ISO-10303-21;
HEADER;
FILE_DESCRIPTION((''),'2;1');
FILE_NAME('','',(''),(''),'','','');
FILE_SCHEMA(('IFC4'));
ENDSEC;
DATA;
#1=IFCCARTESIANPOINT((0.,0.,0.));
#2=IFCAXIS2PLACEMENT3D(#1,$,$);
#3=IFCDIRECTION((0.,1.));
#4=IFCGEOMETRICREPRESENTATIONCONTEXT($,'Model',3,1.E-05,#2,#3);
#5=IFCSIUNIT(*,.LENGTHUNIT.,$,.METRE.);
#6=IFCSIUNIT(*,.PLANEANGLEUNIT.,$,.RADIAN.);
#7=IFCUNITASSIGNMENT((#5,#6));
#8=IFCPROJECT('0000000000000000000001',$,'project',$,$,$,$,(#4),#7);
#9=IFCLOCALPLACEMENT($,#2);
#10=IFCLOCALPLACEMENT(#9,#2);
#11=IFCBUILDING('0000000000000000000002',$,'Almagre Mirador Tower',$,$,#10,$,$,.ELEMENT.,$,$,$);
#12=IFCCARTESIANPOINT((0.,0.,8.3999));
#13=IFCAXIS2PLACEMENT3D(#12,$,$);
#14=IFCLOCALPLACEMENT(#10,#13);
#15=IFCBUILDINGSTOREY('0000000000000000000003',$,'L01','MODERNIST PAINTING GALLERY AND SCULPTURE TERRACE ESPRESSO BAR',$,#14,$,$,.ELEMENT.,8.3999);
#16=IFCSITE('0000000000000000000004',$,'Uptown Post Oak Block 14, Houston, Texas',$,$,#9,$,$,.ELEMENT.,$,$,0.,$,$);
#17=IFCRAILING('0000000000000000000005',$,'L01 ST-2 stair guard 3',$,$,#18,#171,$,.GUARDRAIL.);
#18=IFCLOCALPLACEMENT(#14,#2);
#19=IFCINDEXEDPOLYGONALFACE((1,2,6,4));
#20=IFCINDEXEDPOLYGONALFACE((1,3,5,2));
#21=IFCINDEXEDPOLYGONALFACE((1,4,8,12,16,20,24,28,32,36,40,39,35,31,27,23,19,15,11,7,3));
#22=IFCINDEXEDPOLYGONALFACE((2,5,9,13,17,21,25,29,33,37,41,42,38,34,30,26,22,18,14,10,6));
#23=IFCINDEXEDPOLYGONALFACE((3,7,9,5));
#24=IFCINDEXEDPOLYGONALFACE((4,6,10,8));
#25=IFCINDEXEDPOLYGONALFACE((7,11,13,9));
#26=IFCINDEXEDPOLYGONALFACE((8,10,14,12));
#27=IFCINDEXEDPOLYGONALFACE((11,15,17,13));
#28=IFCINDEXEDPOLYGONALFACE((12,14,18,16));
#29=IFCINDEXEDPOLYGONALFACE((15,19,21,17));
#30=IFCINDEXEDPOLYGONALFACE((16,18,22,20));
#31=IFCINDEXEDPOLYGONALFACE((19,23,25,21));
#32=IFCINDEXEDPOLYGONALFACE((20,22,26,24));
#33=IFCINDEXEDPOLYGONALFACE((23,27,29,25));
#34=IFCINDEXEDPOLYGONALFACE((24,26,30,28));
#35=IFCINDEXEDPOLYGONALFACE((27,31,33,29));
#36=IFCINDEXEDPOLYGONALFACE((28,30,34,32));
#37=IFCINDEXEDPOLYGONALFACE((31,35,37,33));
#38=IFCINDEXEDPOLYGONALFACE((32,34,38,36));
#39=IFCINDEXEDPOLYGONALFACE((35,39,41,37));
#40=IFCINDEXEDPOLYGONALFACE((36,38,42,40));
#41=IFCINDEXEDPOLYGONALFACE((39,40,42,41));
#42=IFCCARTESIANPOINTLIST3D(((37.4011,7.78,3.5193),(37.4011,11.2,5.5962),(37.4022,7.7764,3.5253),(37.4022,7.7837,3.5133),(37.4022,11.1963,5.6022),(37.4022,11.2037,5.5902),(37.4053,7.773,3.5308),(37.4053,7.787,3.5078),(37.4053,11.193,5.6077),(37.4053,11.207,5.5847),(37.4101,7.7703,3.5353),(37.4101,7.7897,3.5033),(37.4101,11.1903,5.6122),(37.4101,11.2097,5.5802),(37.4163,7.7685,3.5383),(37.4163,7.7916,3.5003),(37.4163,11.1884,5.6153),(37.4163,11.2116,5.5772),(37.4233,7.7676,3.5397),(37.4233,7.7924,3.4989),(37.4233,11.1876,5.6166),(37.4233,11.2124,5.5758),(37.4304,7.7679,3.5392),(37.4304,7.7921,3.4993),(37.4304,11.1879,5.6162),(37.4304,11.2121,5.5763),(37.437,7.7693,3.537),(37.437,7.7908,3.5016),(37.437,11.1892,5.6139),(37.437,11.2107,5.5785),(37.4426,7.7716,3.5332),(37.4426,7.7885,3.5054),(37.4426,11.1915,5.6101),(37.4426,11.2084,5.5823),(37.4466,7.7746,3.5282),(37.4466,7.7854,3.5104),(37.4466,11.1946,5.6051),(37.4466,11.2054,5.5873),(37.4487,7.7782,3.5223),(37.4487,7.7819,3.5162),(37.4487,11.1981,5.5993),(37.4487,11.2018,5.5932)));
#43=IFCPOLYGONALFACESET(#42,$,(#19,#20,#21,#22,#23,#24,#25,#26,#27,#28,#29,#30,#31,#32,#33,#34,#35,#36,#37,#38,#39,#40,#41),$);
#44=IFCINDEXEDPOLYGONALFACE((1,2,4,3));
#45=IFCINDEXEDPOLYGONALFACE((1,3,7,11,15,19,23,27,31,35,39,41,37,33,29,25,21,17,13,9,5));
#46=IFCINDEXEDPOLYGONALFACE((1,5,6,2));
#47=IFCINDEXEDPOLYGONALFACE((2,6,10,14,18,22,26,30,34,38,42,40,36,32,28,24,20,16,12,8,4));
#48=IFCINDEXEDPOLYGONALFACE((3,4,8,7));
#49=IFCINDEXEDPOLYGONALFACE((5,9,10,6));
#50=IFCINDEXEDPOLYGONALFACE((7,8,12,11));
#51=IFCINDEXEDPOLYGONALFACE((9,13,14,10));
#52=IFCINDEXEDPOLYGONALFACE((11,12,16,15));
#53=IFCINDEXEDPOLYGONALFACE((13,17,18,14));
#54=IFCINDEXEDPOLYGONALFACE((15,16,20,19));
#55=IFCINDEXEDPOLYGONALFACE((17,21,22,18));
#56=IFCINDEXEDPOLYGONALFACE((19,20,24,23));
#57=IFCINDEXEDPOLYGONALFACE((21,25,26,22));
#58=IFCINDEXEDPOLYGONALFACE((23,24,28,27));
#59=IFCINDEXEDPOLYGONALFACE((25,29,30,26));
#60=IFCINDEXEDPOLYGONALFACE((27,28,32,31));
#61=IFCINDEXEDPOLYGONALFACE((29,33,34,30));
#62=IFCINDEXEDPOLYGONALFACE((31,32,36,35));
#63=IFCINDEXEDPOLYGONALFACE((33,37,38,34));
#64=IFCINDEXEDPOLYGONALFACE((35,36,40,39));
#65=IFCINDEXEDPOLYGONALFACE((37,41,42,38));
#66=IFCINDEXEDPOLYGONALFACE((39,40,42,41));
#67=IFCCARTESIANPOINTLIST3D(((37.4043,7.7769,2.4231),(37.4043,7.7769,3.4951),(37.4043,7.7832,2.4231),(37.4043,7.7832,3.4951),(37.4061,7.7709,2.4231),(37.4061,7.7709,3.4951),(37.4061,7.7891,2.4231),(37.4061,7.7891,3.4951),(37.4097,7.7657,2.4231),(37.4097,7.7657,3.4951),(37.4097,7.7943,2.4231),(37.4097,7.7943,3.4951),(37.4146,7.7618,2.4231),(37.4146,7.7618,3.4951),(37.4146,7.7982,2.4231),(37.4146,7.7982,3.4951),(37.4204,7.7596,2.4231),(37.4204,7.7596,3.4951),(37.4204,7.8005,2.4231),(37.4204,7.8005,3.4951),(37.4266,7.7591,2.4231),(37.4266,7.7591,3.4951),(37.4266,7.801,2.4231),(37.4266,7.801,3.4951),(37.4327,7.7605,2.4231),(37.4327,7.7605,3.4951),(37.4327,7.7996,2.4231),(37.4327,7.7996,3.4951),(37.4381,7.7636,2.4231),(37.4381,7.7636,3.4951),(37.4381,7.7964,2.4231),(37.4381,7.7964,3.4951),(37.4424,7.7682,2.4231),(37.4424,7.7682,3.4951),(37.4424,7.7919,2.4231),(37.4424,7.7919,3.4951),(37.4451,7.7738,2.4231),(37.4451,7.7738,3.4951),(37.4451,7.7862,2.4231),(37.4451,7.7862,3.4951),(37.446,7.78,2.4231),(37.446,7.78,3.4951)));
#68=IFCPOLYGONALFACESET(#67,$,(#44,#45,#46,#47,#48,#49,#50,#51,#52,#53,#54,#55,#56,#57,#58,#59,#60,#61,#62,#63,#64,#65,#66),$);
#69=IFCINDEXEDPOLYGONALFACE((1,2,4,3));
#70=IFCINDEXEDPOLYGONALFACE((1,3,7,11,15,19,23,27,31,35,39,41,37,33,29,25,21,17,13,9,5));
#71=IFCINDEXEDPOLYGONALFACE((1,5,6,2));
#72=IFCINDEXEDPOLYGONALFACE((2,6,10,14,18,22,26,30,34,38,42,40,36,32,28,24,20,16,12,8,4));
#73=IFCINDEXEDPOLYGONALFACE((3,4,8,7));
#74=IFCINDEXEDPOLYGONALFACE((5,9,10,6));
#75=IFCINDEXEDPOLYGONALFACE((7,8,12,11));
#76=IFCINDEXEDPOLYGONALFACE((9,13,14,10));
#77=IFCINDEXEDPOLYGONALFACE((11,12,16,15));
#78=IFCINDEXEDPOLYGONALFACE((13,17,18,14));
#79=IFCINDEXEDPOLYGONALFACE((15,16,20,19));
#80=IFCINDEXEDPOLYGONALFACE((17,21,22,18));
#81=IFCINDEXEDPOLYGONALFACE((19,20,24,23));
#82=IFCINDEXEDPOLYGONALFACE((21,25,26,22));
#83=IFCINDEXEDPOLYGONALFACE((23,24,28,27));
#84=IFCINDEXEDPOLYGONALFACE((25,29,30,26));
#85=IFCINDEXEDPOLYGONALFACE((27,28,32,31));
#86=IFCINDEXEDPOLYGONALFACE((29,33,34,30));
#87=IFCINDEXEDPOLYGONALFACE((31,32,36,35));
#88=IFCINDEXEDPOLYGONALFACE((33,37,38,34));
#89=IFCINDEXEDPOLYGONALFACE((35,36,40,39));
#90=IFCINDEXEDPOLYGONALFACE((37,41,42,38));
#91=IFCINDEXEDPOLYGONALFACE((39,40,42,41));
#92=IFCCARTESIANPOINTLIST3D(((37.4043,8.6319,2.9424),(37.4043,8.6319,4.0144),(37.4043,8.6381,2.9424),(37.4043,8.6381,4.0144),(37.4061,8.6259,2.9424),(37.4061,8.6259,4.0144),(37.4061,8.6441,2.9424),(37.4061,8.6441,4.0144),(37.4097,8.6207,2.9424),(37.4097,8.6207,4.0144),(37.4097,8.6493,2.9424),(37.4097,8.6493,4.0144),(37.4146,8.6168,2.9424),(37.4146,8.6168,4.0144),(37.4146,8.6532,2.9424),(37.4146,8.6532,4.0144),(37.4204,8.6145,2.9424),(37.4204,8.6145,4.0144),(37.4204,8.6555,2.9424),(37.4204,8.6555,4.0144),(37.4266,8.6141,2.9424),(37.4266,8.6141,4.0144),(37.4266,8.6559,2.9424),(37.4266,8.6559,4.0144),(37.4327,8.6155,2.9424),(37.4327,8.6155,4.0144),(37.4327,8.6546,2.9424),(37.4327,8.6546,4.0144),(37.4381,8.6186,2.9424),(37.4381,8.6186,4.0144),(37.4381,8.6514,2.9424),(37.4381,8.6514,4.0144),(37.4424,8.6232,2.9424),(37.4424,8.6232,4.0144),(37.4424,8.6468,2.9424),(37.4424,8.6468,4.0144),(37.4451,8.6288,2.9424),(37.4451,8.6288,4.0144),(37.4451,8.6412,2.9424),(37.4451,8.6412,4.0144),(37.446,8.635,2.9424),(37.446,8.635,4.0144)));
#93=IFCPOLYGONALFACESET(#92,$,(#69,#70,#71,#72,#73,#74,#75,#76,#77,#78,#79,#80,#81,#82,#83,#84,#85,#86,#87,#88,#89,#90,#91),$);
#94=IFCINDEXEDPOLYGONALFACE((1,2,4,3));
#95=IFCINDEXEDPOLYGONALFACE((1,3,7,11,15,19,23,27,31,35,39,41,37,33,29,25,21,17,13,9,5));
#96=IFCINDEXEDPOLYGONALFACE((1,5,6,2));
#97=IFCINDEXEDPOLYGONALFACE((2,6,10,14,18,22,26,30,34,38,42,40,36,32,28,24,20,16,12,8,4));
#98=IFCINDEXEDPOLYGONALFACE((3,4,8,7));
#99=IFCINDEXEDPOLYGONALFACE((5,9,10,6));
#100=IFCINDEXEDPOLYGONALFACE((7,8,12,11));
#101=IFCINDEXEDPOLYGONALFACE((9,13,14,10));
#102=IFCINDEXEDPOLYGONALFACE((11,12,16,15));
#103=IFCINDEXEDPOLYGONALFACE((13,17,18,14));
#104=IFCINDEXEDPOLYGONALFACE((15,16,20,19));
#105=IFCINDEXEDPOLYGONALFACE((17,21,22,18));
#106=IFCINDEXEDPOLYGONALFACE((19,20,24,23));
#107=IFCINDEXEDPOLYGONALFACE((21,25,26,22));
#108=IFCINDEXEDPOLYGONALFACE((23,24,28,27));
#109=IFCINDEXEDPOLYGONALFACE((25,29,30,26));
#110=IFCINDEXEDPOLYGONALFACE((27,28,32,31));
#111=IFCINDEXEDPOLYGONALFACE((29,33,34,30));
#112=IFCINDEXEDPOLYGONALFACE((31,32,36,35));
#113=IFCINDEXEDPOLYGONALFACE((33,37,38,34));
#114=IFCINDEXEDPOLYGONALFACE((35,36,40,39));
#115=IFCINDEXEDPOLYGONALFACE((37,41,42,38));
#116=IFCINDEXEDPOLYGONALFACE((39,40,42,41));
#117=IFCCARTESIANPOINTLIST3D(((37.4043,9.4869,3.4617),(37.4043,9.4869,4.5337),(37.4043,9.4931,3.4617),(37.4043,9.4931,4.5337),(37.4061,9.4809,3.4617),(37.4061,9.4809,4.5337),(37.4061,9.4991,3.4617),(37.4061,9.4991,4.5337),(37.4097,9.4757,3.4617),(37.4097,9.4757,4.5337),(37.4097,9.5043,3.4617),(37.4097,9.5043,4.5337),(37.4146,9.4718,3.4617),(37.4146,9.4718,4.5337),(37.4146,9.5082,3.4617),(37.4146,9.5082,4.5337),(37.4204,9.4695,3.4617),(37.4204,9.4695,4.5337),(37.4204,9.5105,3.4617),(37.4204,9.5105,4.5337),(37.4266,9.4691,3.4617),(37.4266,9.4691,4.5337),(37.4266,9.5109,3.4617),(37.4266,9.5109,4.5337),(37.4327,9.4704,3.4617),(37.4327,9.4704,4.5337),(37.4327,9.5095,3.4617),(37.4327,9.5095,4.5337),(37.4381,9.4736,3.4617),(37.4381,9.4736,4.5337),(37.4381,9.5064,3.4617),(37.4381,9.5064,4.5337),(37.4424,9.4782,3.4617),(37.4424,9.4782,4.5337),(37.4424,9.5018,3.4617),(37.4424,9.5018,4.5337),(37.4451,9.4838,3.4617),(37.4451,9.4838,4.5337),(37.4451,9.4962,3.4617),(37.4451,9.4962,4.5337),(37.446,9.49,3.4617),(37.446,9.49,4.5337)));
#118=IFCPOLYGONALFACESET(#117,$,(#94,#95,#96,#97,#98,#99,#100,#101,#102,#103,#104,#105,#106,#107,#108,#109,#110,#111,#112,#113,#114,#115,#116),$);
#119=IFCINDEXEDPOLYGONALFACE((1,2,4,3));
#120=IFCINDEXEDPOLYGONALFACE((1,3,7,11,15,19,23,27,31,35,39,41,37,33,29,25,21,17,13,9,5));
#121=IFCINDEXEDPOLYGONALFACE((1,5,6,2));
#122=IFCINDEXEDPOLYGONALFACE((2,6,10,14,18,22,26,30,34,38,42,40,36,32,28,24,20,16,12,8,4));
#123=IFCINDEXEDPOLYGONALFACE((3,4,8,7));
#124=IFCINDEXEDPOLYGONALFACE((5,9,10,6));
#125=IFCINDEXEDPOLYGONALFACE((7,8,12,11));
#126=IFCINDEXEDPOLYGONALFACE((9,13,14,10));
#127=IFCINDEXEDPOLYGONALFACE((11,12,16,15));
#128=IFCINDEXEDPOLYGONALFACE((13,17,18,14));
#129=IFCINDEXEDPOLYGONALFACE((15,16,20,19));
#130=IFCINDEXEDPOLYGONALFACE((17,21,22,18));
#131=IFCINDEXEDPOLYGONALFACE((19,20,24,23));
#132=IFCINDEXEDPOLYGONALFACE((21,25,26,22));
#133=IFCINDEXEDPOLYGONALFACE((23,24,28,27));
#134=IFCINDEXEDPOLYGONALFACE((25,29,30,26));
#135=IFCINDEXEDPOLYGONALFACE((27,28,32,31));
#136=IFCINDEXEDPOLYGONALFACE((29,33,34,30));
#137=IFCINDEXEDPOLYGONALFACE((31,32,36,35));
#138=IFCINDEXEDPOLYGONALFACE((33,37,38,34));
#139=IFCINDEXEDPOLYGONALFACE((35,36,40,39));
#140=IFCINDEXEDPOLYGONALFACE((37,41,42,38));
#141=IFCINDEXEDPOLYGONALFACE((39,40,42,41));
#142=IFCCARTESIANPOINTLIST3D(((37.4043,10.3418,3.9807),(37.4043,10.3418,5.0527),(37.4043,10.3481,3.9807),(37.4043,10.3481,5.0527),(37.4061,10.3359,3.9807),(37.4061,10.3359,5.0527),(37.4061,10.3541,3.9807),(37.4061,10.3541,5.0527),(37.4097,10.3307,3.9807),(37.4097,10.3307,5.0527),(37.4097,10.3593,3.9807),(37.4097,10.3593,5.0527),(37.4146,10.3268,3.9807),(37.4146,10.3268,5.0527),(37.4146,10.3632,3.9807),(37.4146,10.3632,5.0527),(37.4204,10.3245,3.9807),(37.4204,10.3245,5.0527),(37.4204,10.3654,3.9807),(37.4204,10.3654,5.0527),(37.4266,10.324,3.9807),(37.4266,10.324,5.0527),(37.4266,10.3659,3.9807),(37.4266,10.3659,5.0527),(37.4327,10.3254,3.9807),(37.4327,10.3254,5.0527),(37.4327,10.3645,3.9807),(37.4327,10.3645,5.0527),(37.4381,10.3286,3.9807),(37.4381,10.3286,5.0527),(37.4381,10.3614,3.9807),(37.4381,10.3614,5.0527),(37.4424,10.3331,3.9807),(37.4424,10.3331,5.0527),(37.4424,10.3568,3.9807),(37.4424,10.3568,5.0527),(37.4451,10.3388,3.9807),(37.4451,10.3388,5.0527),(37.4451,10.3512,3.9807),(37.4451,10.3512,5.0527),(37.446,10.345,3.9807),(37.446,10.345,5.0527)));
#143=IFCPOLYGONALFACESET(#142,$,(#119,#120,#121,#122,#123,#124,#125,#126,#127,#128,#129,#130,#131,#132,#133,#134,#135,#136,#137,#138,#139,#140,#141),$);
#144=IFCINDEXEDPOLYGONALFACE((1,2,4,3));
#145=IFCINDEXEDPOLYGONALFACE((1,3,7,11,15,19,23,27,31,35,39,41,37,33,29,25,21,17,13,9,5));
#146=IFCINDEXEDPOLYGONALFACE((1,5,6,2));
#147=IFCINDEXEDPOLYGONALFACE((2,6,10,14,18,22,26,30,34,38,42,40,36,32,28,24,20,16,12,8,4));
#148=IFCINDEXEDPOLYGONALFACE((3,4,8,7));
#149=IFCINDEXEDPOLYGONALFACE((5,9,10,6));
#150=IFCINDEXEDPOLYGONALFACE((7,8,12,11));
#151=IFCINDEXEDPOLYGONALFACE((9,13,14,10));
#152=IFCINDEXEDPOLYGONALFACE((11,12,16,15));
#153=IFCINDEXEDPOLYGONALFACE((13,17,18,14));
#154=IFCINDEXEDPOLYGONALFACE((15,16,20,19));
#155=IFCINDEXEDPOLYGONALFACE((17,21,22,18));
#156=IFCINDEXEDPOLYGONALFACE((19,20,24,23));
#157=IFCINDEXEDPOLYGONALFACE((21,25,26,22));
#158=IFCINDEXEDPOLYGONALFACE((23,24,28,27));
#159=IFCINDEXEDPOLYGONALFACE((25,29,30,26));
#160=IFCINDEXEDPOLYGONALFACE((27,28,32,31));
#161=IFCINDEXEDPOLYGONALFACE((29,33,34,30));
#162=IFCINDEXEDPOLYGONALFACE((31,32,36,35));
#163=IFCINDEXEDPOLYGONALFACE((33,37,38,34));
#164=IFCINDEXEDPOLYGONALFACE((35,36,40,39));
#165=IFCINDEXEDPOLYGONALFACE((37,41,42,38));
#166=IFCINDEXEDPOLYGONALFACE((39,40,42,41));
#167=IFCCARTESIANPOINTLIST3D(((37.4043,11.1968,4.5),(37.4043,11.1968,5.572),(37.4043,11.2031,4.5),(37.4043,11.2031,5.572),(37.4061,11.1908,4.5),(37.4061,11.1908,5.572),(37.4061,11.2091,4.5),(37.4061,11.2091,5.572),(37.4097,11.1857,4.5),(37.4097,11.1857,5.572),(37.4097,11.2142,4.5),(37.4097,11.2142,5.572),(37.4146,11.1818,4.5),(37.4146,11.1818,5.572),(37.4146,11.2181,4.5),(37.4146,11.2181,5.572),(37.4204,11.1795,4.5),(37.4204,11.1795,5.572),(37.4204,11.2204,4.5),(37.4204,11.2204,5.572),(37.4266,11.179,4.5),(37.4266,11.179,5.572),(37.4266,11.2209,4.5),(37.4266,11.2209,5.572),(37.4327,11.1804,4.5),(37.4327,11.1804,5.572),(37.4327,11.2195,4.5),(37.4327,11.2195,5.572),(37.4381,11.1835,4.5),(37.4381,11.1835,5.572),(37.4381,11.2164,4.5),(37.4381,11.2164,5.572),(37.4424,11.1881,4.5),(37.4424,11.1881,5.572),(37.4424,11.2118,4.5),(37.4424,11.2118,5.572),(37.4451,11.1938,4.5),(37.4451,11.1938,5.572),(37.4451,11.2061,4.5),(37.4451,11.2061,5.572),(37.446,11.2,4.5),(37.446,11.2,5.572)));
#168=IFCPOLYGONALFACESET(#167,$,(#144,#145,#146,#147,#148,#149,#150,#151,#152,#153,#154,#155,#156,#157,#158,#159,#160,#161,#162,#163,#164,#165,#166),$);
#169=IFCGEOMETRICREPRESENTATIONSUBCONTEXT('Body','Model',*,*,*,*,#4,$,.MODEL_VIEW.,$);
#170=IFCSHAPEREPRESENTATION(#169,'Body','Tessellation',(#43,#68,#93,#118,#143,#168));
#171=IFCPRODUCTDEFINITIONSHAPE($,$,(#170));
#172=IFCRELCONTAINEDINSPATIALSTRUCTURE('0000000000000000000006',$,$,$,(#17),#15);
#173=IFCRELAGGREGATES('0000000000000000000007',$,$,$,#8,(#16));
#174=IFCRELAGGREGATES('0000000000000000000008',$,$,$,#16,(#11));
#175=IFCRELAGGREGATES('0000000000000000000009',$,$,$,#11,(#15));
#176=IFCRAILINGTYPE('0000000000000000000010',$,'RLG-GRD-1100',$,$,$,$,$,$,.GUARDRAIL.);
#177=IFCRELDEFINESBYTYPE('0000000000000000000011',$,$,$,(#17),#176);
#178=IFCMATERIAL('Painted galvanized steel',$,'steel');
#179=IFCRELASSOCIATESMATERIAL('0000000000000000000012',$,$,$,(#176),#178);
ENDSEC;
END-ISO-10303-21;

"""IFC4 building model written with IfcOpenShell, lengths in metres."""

from ifc_helpers import new_model, si_unit, direction, frame, origin, origin_2d, place, context, subcontext, project, spatial, circle, extrude, material, type_object, element, save


model = new_model("IFC4")

# Units and contexts
model_context = context("Model", 3, precision=1e-05, world=origin(), true_north=direction((0.0, 1.0)))
body_context = subcontext(model_context, "Body", "Model", "MODEL_VIEW")
ifc_project = project(units=[si_unit("LENGTHUNIT", "METRE"), si_unit("PLANEANGLEUNIT", "RADIAN")], contexts=[model_context])

# Site, building, storey
site_placement = place(None, origin())
site = spatial("IfcSite", under=ifc_project, at=site_placement, Name="Uptown Post Oak Block 14, Houston, Texas", CompositionType="ELEMENT", RefElevation=0.0)
building_placement = place(site_placement, origin())
building = spatial("IfcBuilding", under=site, at=building_placement, Name="Almagre Mirador Tower", CompositionType="ELEMENT")
storey_placement = place(building_placement, frame((0.0, 0.0, 8.3999)))
storey = spatial("IfcBuildingStorey", under=building, at=storey_placement, Name="L01", Description="MODERNIST PAINTING GALLERY AND SCULPTURE TERRACE ESPRESSO BAR", CompositionType="ELEMENT", Elevation=8.3999)

# Railing
ifc_material_1 = material(Name="Painted galvanized steel", Category="steel")
railing_type_1 = type_object("IfcRailingType", Name="RLG-GRD-1100", PredefinedType="GUARDRAIL", material=ifc_material_1)
railing_1_placement = place(storey_placement, frame((37.425, 7.78, 2.4231)))
element("IfcRailing", 1, at=railing_1_placement, inside=storey, type_object=railing_type_1, Name="L01 ST-2 stair guard 3", PredefinedType="GUARDRAIL", context=body_context, shape_type="SweptSolid", body=[
    extrude(circle(Radius=0.0239, at=origin_2d()), frame((0.0, 0.0, 1.0962), z_axis=(0.0, 0.85473, 0.519074), x_axis=(-1.0, 0.0, 0.0)), (0.0, 0.0, 1.0), 4.0012),
    extrude(circle(Radius=0.021, at=origin_2d()), origin(), (0.0, 0.0, 1.0), 1.072),
    extrude(circle(Radius=0.021, at=origin_2d()), frame((0.0, 0.855, 0.5193)), (0.0, 0.0, 1.0), 1.072),
    extrude(circle(Radius=0.021, at=origin_2d()), frame((0.0, 1.71, 1.0386)), (0.0, 0.0, 1.0), 1.072),
    extrude(circle(Radius=0.021, at=origin_2d()), frame((0.0, 2.5649, 1.5576)), (0.0, 0.0, 1.0), 1.072),
    extrude(circle(Radius=0.021, at=origin_2d()), frame((0.0, 3.4199, 2.0769)), (0.0, 0.0, 1.0), 1.072),
])

save(model, "model.ifc")
